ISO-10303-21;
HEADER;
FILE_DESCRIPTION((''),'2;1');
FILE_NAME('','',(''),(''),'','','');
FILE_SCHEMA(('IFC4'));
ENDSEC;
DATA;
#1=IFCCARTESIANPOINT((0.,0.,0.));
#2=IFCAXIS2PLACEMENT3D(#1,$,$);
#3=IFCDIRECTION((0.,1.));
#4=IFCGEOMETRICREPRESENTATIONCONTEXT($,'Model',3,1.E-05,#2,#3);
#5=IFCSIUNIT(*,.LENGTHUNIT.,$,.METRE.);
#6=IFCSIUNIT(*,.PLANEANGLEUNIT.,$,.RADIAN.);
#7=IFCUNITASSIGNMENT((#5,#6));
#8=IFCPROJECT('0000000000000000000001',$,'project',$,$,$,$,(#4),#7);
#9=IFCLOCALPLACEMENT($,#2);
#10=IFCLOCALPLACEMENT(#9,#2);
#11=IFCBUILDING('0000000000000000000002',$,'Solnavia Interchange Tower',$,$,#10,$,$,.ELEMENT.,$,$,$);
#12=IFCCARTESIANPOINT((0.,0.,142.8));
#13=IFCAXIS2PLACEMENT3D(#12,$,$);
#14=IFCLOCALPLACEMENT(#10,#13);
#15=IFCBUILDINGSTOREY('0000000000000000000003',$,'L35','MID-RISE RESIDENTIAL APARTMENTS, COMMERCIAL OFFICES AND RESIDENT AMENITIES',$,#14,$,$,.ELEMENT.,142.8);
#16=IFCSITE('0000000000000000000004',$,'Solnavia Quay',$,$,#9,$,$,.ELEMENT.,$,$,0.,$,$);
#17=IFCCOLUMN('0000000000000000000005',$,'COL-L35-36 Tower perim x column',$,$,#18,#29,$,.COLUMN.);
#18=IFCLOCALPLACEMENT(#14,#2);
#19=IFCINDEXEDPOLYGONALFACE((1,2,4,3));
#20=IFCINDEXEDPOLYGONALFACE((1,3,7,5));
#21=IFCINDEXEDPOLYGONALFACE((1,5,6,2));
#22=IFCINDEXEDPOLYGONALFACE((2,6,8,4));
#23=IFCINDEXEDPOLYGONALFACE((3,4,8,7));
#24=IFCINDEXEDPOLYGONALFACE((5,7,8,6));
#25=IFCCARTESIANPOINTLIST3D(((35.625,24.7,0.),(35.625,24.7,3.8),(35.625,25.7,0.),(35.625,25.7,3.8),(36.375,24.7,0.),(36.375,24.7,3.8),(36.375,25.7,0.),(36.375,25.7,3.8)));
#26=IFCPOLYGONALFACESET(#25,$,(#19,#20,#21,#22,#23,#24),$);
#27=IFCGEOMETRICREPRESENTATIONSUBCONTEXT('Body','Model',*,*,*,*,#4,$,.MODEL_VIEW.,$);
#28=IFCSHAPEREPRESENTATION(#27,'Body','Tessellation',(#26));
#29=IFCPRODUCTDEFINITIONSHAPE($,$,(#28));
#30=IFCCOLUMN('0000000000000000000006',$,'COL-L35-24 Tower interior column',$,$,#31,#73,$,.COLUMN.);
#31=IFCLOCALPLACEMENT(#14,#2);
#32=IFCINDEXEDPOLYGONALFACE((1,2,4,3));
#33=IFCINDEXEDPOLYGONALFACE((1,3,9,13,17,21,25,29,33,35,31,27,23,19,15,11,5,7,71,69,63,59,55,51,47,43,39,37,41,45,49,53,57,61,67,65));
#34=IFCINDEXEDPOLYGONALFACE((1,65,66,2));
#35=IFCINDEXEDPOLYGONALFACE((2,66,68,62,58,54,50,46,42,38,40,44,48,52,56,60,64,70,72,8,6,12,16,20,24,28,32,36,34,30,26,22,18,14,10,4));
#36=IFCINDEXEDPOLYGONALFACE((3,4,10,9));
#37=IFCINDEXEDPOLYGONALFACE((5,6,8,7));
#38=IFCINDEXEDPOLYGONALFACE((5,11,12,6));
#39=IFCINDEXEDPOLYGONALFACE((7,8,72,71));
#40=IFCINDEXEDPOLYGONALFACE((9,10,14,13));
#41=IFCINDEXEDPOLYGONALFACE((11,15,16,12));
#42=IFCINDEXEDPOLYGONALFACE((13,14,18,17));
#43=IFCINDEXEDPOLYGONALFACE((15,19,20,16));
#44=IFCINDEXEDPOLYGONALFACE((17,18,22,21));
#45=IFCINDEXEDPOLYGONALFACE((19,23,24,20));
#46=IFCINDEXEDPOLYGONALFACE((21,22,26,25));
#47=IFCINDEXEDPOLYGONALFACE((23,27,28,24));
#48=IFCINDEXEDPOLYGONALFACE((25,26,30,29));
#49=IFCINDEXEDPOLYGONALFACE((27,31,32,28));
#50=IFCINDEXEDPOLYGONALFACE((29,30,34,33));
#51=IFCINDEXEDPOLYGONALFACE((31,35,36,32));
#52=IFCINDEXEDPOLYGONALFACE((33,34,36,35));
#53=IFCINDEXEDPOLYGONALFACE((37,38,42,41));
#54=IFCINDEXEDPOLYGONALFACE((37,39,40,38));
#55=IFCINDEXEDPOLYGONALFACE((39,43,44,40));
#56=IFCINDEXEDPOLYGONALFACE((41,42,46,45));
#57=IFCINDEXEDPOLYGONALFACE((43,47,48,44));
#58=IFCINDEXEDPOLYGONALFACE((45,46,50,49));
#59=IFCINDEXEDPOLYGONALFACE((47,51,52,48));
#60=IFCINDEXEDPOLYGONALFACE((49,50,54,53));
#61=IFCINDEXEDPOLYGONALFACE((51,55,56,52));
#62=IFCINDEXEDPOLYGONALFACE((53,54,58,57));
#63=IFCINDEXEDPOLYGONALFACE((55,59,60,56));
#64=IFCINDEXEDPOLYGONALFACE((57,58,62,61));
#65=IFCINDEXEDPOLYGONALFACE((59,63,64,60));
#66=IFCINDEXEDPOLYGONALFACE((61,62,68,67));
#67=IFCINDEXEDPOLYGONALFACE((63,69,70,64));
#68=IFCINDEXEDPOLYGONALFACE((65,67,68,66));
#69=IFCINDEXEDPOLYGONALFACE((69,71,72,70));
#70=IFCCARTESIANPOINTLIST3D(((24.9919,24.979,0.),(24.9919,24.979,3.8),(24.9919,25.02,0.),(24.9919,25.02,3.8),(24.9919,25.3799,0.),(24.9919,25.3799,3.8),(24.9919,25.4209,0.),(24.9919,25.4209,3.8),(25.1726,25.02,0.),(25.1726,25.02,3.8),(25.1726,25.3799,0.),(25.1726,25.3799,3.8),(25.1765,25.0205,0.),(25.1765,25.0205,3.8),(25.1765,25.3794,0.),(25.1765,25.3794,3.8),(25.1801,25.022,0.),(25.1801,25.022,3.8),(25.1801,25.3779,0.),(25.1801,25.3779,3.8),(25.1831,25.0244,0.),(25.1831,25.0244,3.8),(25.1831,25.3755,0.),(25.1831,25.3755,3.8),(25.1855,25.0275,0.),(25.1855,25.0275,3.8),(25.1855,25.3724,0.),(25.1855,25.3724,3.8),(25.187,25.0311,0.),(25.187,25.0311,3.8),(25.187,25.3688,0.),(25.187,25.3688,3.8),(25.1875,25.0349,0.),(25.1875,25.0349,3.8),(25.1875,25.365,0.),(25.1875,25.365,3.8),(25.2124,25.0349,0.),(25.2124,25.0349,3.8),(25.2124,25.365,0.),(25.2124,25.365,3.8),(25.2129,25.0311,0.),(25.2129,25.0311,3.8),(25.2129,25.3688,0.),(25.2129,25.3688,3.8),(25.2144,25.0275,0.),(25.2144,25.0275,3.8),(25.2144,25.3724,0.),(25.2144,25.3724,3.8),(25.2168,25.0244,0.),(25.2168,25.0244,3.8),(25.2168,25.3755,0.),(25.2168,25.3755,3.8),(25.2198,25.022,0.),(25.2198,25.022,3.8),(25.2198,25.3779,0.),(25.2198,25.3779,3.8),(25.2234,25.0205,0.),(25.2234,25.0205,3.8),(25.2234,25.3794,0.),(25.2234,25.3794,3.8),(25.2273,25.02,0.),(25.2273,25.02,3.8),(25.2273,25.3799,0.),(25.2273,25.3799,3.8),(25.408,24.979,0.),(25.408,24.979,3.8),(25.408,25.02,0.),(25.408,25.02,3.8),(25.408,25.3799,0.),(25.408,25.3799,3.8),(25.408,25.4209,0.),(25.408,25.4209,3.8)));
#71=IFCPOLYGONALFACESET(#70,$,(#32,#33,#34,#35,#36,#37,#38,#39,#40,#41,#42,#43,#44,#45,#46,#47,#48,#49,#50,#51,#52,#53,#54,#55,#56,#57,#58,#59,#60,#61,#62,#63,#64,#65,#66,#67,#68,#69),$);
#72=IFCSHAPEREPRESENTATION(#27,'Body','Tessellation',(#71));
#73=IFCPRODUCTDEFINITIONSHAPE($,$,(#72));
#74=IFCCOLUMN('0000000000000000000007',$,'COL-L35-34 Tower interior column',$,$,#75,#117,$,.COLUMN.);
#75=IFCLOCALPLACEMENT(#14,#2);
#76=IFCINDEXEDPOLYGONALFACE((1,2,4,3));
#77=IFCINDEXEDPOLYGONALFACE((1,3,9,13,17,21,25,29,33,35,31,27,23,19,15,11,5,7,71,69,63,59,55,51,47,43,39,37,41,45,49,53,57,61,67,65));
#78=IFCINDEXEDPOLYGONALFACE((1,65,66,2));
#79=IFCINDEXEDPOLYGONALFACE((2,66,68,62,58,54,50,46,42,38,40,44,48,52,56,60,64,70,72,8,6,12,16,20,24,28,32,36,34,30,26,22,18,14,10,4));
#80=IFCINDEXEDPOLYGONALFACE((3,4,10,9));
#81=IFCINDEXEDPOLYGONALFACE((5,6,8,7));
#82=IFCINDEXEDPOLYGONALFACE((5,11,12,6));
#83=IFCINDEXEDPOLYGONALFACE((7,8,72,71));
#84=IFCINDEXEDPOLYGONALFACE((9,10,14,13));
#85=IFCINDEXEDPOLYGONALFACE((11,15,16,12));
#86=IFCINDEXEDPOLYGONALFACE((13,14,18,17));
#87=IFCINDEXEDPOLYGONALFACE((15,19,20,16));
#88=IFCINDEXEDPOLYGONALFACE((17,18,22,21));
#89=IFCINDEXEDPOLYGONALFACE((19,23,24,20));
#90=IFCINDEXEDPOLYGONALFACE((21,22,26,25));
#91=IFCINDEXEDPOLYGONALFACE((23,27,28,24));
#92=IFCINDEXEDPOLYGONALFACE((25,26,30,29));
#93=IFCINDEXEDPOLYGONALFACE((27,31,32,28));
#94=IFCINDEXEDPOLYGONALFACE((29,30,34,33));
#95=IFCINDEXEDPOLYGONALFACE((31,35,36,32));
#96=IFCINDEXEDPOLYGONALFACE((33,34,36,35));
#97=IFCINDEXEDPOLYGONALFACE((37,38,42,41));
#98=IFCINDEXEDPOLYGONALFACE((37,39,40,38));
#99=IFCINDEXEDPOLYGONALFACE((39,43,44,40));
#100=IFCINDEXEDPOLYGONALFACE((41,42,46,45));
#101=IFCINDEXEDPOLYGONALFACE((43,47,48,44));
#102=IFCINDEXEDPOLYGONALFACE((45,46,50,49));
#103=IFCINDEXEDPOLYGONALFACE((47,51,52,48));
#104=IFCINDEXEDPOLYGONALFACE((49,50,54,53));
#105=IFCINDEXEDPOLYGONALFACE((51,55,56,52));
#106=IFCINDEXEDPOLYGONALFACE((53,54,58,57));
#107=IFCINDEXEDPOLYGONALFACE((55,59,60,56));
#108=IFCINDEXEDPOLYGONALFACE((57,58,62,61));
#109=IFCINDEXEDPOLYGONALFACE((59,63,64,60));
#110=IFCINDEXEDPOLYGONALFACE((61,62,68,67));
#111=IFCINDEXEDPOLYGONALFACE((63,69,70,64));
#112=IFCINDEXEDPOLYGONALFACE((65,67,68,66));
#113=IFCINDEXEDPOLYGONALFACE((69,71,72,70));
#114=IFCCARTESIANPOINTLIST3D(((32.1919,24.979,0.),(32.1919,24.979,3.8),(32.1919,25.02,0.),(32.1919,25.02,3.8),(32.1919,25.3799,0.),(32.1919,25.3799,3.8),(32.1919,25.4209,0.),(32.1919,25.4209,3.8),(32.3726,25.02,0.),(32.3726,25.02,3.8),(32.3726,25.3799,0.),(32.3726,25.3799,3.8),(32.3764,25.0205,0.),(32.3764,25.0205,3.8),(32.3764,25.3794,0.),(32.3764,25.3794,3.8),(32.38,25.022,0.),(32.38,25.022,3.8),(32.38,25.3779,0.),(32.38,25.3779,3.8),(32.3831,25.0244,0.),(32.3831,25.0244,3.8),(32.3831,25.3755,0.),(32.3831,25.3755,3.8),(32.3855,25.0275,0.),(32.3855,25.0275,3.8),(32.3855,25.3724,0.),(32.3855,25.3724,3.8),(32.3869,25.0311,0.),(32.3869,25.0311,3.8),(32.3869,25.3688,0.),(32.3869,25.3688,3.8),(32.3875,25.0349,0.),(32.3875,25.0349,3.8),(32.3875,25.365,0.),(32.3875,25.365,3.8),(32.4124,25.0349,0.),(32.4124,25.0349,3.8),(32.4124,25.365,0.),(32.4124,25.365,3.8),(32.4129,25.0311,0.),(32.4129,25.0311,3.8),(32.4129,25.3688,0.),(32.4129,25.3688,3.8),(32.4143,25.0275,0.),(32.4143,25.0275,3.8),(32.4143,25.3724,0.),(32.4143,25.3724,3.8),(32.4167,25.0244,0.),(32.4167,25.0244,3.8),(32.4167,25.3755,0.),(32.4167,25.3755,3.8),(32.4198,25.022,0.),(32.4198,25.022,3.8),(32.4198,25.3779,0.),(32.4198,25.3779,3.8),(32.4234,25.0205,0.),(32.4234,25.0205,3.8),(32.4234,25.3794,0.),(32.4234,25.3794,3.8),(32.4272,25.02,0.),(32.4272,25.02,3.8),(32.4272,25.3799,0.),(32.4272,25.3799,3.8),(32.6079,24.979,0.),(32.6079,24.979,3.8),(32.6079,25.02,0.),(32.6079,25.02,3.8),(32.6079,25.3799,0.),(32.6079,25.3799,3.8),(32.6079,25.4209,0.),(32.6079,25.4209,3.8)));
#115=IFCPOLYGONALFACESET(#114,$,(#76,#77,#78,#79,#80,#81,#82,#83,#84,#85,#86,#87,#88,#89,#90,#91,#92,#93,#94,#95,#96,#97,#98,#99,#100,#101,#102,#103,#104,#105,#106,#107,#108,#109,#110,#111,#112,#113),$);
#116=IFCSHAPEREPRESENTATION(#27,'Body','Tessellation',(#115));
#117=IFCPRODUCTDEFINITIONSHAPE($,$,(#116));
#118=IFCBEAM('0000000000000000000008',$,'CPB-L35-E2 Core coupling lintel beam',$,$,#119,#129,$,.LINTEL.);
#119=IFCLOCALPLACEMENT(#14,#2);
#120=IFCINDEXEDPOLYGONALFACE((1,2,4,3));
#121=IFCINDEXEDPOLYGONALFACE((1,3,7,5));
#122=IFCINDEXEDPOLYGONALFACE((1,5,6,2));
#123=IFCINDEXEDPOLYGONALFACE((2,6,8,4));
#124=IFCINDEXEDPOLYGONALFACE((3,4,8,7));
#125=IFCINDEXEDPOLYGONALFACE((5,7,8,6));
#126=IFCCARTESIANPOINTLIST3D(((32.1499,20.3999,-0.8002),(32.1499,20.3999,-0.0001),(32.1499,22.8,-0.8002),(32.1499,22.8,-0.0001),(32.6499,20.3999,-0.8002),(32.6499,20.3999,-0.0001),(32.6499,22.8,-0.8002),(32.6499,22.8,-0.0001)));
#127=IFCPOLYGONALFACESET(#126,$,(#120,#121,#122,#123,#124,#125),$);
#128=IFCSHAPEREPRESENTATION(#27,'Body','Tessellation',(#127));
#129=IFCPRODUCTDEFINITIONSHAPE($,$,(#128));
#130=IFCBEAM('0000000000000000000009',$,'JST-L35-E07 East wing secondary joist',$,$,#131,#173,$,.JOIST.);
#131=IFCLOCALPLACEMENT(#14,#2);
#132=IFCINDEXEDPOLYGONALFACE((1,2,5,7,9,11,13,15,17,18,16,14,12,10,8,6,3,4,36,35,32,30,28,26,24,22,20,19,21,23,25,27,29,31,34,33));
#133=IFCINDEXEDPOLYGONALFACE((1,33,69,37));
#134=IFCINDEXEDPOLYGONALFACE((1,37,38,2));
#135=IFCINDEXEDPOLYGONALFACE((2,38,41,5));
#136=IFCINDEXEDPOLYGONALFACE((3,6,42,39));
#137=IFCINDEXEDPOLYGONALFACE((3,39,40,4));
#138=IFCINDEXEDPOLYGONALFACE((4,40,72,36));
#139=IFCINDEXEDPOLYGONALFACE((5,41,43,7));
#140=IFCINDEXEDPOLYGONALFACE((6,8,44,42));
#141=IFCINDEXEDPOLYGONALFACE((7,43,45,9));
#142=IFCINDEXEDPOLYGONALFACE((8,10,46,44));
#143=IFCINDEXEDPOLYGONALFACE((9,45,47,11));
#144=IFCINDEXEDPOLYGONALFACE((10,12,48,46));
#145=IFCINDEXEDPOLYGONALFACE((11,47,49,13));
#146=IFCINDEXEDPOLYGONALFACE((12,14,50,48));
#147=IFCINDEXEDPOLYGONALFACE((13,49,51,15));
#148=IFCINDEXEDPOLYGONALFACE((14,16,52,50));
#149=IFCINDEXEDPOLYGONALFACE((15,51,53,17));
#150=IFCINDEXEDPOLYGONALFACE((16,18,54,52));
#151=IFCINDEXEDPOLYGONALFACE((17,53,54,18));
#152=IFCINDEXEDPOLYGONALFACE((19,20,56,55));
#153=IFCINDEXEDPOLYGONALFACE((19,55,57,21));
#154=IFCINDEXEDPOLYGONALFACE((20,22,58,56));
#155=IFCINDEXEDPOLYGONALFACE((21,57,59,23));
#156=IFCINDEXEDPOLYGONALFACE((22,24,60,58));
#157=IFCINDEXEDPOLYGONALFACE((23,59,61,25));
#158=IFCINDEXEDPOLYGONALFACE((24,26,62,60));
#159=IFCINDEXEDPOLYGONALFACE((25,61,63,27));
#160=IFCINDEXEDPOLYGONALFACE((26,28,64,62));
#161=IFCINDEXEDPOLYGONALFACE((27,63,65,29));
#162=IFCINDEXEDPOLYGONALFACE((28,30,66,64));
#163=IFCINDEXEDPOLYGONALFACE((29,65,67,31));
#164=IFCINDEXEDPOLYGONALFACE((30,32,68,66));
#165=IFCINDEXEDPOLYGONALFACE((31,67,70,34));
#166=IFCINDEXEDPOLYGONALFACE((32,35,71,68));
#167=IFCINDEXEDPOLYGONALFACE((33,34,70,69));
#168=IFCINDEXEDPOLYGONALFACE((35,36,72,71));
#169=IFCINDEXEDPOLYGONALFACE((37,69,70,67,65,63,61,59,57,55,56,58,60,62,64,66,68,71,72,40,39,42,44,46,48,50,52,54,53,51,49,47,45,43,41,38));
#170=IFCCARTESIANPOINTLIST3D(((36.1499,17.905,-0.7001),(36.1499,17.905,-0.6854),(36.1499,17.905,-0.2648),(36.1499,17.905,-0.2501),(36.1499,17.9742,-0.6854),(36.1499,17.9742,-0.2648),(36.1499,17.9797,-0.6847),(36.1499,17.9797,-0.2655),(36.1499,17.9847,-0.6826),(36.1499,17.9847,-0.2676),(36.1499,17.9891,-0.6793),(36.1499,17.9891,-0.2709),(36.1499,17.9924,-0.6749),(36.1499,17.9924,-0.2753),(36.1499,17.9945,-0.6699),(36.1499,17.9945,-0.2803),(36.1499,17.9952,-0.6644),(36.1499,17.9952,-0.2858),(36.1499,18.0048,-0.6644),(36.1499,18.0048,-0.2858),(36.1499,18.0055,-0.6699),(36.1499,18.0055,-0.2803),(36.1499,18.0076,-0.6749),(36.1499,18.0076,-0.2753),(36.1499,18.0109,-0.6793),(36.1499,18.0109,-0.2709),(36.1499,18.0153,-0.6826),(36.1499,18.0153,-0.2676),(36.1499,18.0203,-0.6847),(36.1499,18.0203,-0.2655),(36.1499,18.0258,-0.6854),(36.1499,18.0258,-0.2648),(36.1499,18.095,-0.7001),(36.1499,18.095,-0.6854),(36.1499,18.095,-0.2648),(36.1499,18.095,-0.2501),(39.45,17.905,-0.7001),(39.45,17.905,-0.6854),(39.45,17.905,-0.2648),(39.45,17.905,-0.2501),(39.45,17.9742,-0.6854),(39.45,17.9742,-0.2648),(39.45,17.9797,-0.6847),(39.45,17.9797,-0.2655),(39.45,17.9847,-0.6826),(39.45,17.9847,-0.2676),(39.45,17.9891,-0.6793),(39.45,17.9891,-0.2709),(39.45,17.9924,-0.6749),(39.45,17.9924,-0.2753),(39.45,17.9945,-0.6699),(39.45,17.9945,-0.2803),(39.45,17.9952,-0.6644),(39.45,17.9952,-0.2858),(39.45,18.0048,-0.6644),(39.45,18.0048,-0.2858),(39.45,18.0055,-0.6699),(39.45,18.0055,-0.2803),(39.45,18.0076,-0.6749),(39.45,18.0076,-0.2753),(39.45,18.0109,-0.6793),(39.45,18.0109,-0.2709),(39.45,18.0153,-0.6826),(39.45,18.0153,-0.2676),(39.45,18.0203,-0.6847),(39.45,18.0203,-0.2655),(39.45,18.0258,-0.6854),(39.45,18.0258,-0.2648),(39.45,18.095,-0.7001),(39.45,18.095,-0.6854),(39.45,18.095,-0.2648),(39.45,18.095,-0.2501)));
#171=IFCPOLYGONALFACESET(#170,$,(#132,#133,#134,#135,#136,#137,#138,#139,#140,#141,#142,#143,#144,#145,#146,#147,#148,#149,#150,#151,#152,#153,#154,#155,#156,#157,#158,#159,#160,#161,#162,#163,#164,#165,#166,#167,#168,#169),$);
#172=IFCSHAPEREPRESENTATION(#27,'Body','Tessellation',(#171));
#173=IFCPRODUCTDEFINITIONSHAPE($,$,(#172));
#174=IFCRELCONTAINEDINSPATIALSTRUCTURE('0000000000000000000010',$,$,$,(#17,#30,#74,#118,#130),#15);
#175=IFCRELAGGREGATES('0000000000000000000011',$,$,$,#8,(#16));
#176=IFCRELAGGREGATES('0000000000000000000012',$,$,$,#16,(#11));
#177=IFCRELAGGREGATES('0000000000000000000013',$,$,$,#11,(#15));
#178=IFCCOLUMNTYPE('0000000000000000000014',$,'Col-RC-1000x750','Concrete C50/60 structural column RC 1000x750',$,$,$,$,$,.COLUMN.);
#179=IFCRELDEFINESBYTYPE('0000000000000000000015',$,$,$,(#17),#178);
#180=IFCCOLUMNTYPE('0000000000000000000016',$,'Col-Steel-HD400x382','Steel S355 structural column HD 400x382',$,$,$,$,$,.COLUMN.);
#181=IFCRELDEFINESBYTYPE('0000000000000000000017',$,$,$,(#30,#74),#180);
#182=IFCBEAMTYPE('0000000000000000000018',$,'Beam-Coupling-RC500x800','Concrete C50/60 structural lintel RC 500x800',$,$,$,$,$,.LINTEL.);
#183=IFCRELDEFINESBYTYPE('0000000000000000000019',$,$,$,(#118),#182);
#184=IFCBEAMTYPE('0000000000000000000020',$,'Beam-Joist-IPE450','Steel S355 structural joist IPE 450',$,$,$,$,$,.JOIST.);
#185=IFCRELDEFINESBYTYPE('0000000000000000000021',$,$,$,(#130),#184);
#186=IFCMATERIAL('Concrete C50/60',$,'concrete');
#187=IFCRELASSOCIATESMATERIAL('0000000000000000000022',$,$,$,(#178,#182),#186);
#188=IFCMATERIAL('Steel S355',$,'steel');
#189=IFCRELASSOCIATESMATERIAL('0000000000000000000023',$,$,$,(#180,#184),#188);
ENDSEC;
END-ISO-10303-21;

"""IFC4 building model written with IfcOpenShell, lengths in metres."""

from ifc_helpers import new_model, si_unit, direction, frame, origin, origin_2d, place, context, subcontext, project, spatial, rectangle, i_section, extrude, material, material_profile, profile_set, type_object, element, save


model = new_model("IFC4")

# Units and contexts
model_context = context("Model", 3, precision=1e-05, world=origin(), true_north=direction((0.0, 1.0)))
body_context = subcontext(model_context, "Body", "Model", "MODEL_VIEW")
ifc_project = project(units=[si_unit("LENGTHUNIT", "METRE"), si_unit("PLANEANGLEUNIT", "RADIAN")], contexts=[model_context])

# Site, building, storey
site_placement = place(None, origin())
site = spatial("IfcSite", under=ifc_project, at=site_placement, Name="Solnavia Quay", CompositionType="ELEMENT", RefElevation=0.0)
building_placement = place(site_placement, origin())
building = spatial("IfcBuilding", under=site, at=building_placement, Name="Solnavia Interchange Tower", CompositionType="ELEMENT")
storey_placement = place(building_placement, frame((0.0, 0.0, 142.8)))
storey = spatial("IfcBuildingStorey", under=building, at=storey_placement, Name="L35", Description="MID-RISE RESIDENTIAL APARTMENTS, COMMERCIAL OFFICES AND RESIDENT AMENITIES", CompositionType="ELEMENT", Elevation=142.8)

# Columns
ifc_material_1 = material(Name="Concrete C50/60", Category="concrete")
ifc_material_profile_1 = material_profile(ifc_material_1, rectangle(XDim=0.75, YDim=1.0, at=origin_2d()), Name="RC 1000x750")
ifc_profile_set_1 = profile_set([ifc_material_profile_1], Name="Concrete C50/60")
column_type_1 = type_object("IfcColumnType", Name="Col-RC-1000x750", Description="Concrete C50/60 structural column RC 1000x750", PredefinedType="COLUMN", material=ifc_profile_set_1)
column_placement = place(storey_placement, frame((36.0, 25.2, 0.0), z_axis=(0.0, 0.0, 1.0), x_axis=(1.0, 0.0, 0.0)))
element("IfcColumn", 1, at=column_placement, inside=storey, type_object=column_type_1, Name="COL-L35-36 Tower perim x column", PredefinedType="COLUMN", context=body_context, shape_type="SweptSolid", body=[
    extrude(rectangle(XDim=0.75, YDim=1.0, at=origin_2d()), origin(), (0.0, 0.0, 1.0), 3.8),
])
ifc_material_2 = material(Name="Steel S355", Category="steel")
ifc_material_profile_2 = material_profile(ifc_material_2, i_section(OverallWidth=0.416, OverallDepth=0.4419, WebThickness=0.0249, FlangeThickness=0.041, FilletRadius=0.0149, at=origin_2d()), Name="HD 400x382")
ifc_profile_set_2 = profile_set([ifc_material_profile_2], Name="Steel S355")
column_type_2 = type_object("IfcColumnType", Name="Col-Steel-HD400x382", Description="Steel S355 structural column HD 400x382", PredefinedType="COLUMN", material=ifc_profile_set_2)
for number, where, z_axis, x_axis, name in (
    (2, (25.2, 25.2, 0.0), (0.0, 0.0, 1.0), (1.0, 0.0, 0.0), "COL-L35-24 Tower interior column"),
    (3, (32.3999, 25.2, 0.0), (0.0, 0.0, 1.0), (1.0, 0.0, 0.0), "COL-L35-34 Tower interior column"),
):
    element("IfcColumn", number, at=place(storey_placement, frame(where, z_axis=z_axis, x_axis=x_axis)), inside=storey, type_object=column_type_2, Name=name, PredefinedType="COLUMN", context=body_context, shape_type="SweptSolid", body=[
        extrude(i_section(OverallWidth=0.416, OverallDepth=0.4419, WebThickness=0.0249, FlangeThickness=0.041, FilletRadius=0.0149, at=origin_2d()), origin(), (0.0, 0.0, 1.0), 3.8),
    ])

# Beams
ifc_material_profile_3 = material_profile(ifc_material_1, rectangle(XDim=0.5, YDim=0.8, at=origin_2d()), Name="RC 500x800")
ifc_profile_set_3 = profile_set([ifc_material_profile_3], Name="Concrete C50/60")
beam_type_1 = type_object("IfcBeamType", Name="Beam-Coupling-RC500x800", Description="Concrete C50/60 structural lintel RC 500x800", PredefinedType="LINTEL", material=ifc_profile_set_3)
beam_1_placement = place(storey_placement, frame((32.3999, 20.3999, -0.4001), z_axis=(0.0, 1.0, 0.0), x_axis=(-1.0, 0.0, 0.0)))
element("IfcBeam", 4, at=beam_1_placement, inside=storey, type_object=beam_type_1, Name="CPB-L35-E2 Core coupling lintel beam", PredefinedType="LINTEL", context=body_context, shape_type="SweptSolid", body=[
    extrude(rectangle(XDim=0.5, YDim=0.8, at=origin_2d()), origin(), (0.0, 0.0, 1.0), 2.4001),
])
ifc_material_profile_4 = material_profile(ifc_material_2, i_section(OverallWidth=0.1899, OverallDepth=0.45, WebThickness=0.0095, FlangeThickness=0.0146, FilletRadius=0.021, at=origin_2d()), Name="IPE 450")
ifc_profile_set_4 = profile_set([ifc_material_profile_4], Name="Steel S355")
beam_type_2 = type_object("IfcBeamType", Name="Beam-Joist-IPE450", Description="Steel S355 structural joist IPE 450", PredefinedType="JOIST", material=ifc_profile_set_4)
for number, where, z_axis, x_axis, name in (
    (5, (36.1499, 18.0, -0.4751), (1.0, 0.0, 0.0), (0.0, 1.0, 0.0), "JST-L35-E07 East wing secondary joist"),
):
    element("IfcBeam", number, at=place(storey_placement, frame(where, z_axis=z_axis, x_axis=x_axis)), inside=storey, type_object=beam_type_2, Name=name, PredefinedType="JOIST", context=body_context, shape_type="SweptSolid", body=[
        extrude(i_section(OverallWidth=0.1899, OverallDepth=0.45, WebThickness=0.0095, FlangeThickness=0.0146, FilletRadius=0.021, at=origin_2d()), origin(), (0.0, 0.0, 1.0), 3.3),
    ])

save(model, "model.ifc")
